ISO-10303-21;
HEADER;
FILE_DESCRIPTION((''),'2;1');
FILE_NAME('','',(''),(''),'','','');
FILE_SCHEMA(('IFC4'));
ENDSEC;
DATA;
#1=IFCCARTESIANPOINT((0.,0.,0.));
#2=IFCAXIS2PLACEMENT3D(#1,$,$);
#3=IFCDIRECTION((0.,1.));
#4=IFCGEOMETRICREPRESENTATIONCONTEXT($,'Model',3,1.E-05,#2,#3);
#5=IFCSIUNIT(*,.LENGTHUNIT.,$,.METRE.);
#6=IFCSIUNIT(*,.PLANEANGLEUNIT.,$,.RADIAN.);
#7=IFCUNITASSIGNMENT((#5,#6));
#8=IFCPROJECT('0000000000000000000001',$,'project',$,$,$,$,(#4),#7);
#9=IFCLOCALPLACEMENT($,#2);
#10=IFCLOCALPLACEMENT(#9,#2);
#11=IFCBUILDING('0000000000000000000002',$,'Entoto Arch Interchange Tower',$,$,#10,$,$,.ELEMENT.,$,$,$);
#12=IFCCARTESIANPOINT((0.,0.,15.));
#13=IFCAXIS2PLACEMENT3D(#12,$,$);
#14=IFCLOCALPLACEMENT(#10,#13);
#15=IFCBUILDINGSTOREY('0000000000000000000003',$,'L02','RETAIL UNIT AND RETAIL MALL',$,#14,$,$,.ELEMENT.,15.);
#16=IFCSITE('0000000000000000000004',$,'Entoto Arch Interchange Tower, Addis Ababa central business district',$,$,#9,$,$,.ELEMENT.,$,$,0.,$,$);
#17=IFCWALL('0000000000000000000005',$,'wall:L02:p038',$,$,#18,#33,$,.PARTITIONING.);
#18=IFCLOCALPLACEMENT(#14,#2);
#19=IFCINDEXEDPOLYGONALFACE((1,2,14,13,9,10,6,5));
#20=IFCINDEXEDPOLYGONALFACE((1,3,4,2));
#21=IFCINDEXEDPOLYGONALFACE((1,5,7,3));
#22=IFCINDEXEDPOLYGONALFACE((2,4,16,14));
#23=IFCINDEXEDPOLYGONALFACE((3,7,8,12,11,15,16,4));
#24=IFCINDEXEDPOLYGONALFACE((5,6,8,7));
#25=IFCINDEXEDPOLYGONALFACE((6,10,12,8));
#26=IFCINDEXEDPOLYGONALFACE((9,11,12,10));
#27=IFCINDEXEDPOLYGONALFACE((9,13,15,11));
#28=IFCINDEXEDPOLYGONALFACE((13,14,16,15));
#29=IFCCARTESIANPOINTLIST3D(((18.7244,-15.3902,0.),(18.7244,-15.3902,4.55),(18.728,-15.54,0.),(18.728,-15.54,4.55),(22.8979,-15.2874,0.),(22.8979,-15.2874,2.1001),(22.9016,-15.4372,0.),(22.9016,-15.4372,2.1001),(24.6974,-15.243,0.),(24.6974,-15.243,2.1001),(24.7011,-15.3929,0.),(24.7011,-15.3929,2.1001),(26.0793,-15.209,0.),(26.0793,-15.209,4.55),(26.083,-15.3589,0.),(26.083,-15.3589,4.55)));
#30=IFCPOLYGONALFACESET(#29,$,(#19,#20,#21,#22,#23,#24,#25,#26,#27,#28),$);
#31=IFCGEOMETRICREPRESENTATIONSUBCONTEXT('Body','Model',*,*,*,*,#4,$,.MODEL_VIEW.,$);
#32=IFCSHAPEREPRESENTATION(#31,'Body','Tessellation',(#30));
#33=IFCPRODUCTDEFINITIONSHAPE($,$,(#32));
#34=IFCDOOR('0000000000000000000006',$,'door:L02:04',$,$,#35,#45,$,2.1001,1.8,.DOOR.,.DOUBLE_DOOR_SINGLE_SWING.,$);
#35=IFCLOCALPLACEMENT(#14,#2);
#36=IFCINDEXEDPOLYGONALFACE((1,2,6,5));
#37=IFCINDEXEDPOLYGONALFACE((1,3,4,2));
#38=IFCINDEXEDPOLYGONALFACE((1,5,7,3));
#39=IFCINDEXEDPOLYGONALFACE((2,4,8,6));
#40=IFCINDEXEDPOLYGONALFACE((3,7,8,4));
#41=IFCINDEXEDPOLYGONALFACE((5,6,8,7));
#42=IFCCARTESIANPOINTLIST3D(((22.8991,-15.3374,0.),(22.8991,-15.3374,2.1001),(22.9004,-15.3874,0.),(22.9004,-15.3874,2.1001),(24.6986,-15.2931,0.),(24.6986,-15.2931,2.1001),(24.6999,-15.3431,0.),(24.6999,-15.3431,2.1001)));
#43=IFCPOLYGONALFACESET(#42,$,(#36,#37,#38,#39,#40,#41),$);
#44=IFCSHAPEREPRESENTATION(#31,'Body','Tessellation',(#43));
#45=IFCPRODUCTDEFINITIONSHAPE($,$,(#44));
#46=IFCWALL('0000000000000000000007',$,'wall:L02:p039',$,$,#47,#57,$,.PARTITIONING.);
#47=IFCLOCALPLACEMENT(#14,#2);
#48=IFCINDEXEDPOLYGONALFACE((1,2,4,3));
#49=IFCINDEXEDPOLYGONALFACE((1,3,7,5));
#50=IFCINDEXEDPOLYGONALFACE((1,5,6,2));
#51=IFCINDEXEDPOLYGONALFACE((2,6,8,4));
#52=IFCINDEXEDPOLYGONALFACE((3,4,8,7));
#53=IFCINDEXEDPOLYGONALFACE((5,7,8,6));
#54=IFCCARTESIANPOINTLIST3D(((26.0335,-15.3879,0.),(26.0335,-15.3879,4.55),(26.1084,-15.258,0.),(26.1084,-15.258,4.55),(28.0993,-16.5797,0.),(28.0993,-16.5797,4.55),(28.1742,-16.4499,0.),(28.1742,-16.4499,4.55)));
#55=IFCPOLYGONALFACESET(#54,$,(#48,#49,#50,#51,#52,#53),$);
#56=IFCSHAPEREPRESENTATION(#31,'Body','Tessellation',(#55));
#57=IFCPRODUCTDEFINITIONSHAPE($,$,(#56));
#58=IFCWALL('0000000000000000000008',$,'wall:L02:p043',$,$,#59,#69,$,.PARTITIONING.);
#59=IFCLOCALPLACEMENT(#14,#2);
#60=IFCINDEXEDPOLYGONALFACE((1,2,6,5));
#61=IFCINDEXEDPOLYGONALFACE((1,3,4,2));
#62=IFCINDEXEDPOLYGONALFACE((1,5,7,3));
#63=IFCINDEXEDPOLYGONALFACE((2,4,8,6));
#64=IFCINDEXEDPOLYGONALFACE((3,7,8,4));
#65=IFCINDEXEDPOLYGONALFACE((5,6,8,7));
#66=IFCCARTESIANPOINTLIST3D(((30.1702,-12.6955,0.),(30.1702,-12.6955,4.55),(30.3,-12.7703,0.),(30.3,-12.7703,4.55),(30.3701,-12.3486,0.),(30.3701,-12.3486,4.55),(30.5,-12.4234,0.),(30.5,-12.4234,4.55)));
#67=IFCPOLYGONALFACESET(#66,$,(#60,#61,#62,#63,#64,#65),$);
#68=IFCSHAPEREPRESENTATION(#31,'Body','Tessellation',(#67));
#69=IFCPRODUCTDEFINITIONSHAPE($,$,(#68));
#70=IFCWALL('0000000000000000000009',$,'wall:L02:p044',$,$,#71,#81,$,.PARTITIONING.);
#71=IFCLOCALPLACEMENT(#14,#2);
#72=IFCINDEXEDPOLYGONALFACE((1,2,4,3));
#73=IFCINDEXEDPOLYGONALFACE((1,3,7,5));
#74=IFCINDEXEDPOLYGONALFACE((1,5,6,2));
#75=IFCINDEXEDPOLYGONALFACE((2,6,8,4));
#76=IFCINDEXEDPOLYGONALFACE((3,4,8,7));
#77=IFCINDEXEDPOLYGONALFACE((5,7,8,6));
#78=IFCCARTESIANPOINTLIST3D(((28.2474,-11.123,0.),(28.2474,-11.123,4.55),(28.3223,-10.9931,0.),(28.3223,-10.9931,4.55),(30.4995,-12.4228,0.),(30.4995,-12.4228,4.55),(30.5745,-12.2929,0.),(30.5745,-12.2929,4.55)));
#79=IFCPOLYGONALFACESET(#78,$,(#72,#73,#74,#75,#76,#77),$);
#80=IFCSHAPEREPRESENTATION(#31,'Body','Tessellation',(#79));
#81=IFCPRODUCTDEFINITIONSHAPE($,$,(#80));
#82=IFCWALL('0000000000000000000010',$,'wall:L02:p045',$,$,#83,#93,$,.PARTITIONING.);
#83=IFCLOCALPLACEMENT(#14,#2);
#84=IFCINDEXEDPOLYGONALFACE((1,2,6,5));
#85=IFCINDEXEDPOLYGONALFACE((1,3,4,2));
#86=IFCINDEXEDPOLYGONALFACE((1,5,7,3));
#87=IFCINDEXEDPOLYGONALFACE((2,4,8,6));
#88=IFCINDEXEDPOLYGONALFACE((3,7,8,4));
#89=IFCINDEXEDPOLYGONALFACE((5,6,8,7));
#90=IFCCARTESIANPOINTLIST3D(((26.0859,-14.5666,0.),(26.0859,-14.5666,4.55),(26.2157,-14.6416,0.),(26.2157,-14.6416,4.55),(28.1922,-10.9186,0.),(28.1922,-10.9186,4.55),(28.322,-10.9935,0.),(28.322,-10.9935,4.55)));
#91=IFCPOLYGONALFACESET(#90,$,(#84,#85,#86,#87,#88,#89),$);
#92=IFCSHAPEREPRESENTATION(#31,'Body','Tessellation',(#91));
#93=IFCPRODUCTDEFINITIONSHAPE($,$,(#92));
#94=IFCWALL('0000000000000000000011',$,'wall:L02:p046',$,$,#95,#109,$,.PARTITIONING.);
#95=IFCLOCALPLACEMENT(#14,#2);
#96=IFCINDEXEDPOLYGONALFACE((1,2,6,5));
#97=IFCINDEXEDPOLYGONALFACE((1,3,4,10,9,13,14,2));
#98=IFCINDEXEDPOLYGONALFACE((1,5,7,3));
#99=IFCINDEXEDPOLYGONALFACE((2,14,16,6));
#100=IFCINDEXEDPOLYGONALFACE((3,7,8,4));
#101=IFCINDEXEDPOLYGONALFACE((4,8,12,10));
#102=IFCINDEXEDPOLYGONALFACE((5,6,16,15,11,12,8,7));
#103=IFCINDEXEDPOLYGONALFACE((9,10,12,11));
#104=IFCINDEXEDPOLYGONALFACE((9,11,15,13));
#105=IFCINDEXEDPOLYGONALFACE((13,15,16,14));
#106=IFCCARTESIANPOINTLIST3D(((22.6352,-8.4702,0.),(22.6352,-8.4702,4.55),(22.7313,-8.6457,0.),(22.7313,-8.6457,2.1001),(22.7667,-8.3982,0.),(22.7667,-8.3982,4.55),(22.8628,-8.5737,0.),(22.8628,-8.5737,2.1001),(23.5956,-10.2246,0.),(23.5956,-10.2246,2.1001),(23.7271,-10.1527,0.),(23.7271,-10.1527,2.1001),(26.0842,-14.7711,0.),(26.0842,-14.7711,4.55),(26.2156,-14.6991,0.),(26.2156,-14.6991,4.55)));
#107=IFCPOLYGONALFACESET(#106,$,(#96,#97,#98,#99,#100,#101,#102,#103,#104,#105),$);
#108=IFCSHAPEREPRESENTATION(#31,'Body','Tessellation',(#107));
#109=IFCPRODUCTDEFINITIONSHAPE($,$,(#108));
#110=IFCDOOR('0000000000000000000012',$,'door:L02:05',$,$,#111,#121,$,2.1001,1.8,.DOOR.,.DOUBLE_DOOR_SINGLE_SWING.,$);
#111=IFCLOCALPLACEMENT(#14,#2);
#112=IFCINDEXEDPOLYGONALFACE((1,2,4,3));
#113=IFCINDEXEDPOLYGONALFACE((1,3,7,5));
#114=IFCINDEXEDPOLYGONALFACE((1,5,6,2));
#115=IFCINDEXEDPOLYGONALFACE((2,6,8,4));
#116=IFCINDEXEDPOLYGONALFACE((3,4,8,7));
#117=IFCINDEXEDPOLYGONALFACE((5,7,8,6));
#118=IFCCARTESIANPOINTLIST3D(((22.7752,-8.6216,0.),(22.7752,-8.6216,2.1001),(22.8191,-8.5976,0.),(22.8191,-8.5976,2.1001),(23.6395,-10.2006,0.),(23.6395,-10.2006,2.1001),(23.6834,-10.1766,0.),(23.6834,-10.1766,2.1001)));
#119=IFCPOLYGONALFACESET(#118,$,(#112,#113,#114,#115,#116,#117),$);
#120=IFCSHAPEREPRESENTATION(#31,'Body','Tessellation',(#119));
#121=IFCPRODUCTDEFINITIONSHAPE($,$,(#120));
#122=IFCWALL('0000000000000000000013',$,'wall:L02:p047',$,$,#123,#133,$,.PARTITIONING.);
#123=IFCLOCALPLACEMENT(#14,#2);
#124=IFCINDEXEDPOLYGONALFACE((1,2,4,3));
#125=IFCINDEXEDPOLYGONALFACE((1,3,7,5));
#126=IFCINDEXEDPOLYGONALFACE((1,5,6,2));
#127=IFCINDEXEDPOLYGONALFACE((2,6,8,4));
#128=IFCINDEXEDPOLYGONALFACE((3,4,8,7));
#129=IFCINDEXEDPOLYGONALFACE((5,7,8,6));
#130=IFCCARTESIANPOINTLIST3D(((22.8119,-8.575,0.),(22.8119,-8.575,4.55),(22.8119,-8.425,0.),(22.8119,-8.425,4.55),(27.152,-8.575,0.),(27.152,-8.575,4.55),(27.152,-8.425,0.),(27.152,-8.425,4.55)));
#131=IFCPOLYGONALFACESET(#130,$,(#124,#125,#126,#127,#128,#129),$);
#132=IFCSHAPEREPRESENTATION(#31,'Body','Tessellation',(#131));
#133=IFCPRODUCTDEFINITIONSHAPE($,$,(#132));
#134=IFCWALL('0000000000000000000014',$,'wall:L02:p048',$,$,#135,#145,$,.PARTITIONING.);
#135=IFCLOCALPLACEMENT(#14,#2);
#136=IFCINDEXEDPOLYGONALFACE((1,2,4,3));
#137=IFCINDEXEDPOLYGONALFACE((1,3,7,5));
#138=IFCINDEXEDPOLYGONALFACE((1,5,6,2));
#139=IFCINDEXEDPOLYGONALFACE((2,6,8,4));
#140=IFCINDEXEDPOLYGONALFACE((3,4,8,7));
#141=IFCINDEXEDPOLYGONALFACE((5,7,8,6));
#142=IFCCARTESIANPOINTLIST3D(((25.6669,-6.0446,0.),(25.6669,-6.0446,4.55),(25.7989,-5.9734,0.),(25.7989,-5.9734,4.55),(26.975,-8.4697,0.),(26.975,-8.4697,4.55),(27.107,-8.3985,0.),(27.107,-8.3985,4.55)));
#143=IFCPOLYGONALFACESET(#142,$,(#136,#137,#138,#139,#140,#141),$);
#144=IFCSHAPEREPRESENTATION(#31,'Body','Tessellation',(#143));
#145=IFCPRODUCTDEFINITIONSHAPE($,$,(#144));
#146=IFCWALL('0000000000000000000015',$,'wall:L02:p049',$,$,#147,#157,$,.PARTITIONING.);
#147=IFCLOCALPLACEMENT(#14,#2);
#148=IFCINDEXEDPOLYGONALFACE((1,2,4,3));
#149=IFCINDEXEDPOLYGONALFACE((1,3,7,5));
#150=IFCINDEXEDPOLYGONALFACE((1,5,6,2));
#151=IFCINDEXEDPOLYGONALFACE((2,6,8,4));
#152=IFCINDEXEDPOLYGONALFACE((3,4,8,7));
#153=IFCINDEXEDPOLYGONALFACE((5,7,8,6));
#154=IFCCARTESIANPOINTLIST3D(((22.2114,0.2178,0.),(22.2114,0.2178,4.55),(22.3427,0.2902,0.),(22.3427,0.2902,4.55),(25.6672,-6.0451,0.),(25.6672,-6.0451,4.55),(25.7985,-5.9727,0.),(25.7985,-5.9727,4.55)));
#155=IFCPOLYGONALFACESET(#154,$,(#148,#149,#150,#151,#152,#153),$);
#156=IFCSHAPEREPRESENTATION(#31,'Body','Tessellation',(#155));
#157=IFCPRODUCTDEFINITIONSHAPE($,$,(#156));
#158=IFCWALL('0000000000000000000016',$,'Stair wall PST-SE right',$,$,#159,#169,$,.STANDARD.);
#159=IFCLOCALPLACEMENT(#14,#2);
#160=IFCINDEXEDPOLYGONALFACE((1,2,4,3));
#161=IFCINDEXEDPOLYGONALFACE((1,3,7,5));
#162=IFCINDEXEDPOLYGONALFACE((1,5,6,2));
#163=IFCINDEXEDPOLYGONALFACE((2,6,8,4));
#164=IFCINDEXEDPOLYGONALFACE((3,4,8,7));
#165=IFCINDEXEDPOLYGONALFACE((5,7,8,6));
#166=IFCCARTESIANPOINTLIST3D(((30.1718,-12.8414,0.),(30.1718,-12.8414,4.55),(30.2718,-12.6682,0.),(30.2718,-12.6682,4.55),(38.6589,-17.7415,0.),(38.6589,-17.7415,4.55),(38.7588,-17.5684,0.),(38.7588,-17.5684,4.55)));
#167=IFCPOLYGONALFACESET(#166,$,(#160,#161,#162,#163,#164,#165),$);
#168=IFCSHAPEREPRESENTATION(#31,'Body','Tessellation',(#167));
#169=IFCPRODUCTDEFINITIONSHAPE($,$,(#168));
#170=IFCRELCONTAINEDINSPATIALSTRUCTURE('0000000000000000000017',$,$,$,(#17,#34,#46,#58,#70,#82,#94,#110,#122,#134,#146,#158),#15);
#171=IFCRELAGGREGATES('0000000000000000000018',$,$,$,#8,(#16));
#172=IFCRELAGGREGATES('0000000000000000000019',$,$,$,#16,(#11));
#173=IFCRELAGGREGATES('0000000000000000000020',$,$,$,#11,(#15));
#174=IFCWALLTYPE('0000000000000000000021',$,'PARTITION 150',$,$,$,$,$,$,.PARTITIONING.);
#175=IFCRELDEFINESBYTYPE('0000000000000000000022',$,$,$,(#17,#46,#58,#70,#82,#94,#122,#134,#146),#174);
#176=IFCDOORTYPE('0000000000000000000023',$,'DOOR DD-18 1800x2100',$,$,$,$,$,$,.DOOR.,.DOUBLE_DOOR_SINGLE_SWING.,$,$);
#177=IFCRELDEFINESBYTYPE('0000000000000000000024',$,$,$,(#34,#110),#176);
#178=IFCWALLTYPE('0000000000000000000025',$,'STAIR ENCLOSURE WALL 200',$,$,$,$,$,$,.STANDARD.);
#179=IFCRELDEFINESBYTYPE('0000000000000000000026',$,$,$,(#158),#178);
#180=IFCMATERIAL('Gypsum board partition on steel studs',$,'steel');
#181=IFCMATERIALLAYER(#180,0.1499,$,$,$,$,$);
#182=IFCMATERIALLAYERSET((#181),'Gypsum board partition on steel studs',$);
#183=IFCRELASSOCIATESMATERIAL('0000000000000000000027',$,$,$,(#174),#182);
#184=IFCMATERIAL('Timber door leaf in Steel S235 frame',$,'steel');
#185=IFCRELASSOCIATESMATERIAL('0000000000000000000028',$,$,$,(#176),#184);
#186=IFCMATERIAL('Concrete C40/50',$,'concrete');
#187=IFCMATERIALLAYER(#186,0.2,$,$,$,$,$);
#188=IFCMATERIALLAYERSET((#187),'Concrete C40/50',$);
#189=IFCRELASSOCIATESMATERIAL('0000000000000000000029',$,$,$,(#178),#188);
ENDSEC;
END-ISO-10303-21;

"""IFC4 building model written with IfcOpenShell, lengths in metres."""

from ifc_helpers import new_model, si_unit, direction, frame, frame_2d, origin, place, context, subcontext, project, spatial, rectangle, extrude, material, layer, layer_set, type_object, element, fill, save


model = new_model("IFC4")

# Units and contexts
model_context = context("Model", 3, precision=1e-05, world=origin(), true_north=direction((0.0, 1.0)))
body_context = subcontext(model_context, "Body", "Model", "MODEL_VIEW")
ifc_project = project(units=[si_unit("LENGTHUNIT", "METRE"), si_unit("PLANEANGLEUNIT", "RADIAN")], contexts=[model_context])

# Site, building, storey
site_placement = place(None, origin())
site = spatial("IfcSite", under=ifc_project, at=site_placement, Name="Entoto Arch Interchange Tower, Addis Ababa central business district", CompositionType="ELEMENT", RefElevation=0.0)
building_placement = place(site_placement, origin())
building = spatial("IfcBuilding", under=site, at=building_placement, Name="Entoto Arch Interchange Tower", CompositionType="ELEMENT")
storey_placement = place(building_placement, frame((0.0, 0.0, 15.0)))
storey = spatial("IfcBuildingStorey", under=building, at=storey_placement, Name="L02", Description="RETAIL UNIT AND RETAIL MALL", CompositionType="ELEMENT", Elevation=15.0)

# Wall, opening, door
ifc_material_1 = material(Name="Gypsum board partition on steel studs", Category="steel")
ifc_layer_1 = layer(ifc_material_1, 0.1499)
ifc_layer_set_1 = layer_set([ifc_layer_1], Name="Gypsum board partition on steel studs")
wall_type_1 = type_object("IfcWallType", Name="PARTITION 150", PredefinedType="PARTITIONING", material=ifc_layer_set_1)
wall_1_placement = place(storey_placement, frame((18.7261, -15.4651, 0.0), z_axis=(0.0, 0.0, 1.0), x_axis=(0.999697, 0.024622, 0.0)))
wall_1 = element("IfcWall", 1, at=wall_1_placement, inside=storey, type_object=wall_type_1, Name="wall:L02:p038", PredefinedType="PARTITIONING", context=body_context, shape_type="SweptSolid", body=[
    extrude(rectangle(XDim=7.3572, YDim=0.1499, at=frame_2d((3.6787, 0.0))), origin(), (0.0, 0.0, 1.0), 4.55),
])
opening_1_placement = place(wall_1_placement, frame((4.175, 0.0, 0.0)))
opening_1 = element("IfcOpeningElement", 2, at=opening_1_placement, cuts=wall_1, PredefinedType="OPENING", context=body_context, shape_type="SweptSolid", body=[
    extrude(rectangle(XDim=1.8, YDim=2.1001, at=frame_2d((0.8999, 1.05))), frame((0.0, 0.085, 0.0), z_axis=(0.0, -1.0, 0.0), x_axis=(1.0, 0.0, 0.0)), (0.0, 0.0, 1.0), 0.1699),
])
ifc_material_2 = material(Name="Timber door leaf in Steel S235 frame", Category="steel")
door_type_1 = type_object("IfcDoorType", Name="DOOR DD-18 1800x2100", OperationType="DOUBLE_DOOR_SINGLE_SWING", PredefinedType="DOOR", material=ifc_material_2)
door_1_placement = place(opening_1_placement, origin())
door_1 = element("IfcDoor", 3, at=door_1_placement, inside=storey, type_object=door_type_1, Name="door:L02:04", OperationType="DOUBLE_DOOR_SINGLE_SWING", OverallHeight=2.1001, OverallWidth=1.8, PredefinedType="DOOR", context=body_context, shape_type="SweptSolid", body=[
    extrude(rectangle(XDim=1.8, YDim=2.1001, at=frame_2d((0.8999, 1.05))), frame((0.0, 0.0249, 0.0), z_axis=(0.0, -1.0, 0.0), x_axis=(1.0, 0.0, 0.0)), (0.0, 0.0, 1.0), 0.05),
])
fill(opening_1, door_1)

# Walls
wall_2_placement = place(storey_placement, frame((26.071, -15.323, 0.0), z_axis=(0.0, 0.0, 1.0), x_axis=(0.866182, -0.499728, 0.0)))
element("IfcWall", 4, at=wall_2_placement, inside=storey, type_object=wall_type_1, Name="wall:L02:p039", PredefinedType="PARTITIONING", context=body_context, shape_type="SweptSolid", body=[
    extrude(rectangle(XDim=2.385, YDim=0.1499, at=frame_2d((1.1924, 0.0))), origin(), (0.0, 0.0, 1.0), 4.55),
])
wall_3_placement = place(storey_placement, frame((30.2351, -12.7329, 0.0), z_axis=(0.0, 0.0, 1.0), x_axis=(0.499353, 0.866399, 0.0)))
element("IfcWall", 5, at=wall_3_placement, inside=storey, type_object=wall_type_1, Name="wall:L02:p043", PredefinedType="PARTITIONING", context=body_context, shape_type="SweptSolid", body=[
    extrude(rectangle(XDim=0.4004, YDim=0.1499, at=frame_2d((0.2002, 0.0))), origin(), (0.0, 0.0, 1.0), 4.55),
])
wall_4_placement = place(storey_placement, frame((30.5371, -12.3579, 0.0), z_axis=(0.0, 0.0, 1.0), x_axis=(-0.866109, 0.499855, 0.0)))
element("IfcWall", 6, at=wall_4_placement, inside=storey, type_object=wall_type_1, Name="wall:L02:p044", PredefinedType="PARTITIONING", context=body_context, shape_type="SweptSolid", body=[
    extrude(rectangle(XDim=2.6003, YDim=0.1499, at=frame_2d((1.3003, 0.0))), origin(), (0.0, 0.0, 1.0), 4.55),
])
wall_5_placement = place(storey_placement, frame((28.2571, -10.9561, 0.0), z_axis=(0.0, 0.0, 1.0), x_axis=(-0.50001, -0.86602, 0.0)))
element("IfcWall", 7, at=wall_5_placement, inside=storey, type_object=wall_type_1, Name="wall:L02:p045", PredefinedType="PARTITIONING", context=body_context, shape_type="SweptSolid", body=[
    extrude(rectangle(XDim=4.2124, YDim=0.1499, at=frame_2d((2.1062, 0.0))), origin(), (0.0, 0.0, 1.0), 4.55),
])

# Wall, opening, door
wall_6_placement = place(storey_placement, frame((26.1499, -14.7351, 0.0), z_axis=(0.0, 0.0, 1.0), x_axis=(-0.480145, 0.877189, 0.0)))
wall_6 = element("IfcWall", 8, at=wall_6_placement, inside=storey, type_object=wall_type_1, Name="wall:L02:p046", PredefinedType="PARTITIONING", context=body_context, shape_type="SweptSolid", body=[
    extrude(rectangle(XDim=7.1831, YDim=0.1499, at=frame_2d((3.5916, 0.0))), origin(), (0.0, 0.0, 1.0), 4.55),
])
opening_2_placement = place(wall_6_placement, frame((5.1831, 0.0, 0.0)))
opening_2 = element("IfcOpeningElement", 9, at=opening_2_placement, cuts=wall_6, PredefinedType="OPENING", context=body_context, shape_type="SweptSolid", body=[
    extrude(rectangle(XDim=1.8, YDim=2.1001, at=frame_2d((0.8999, 1.05))), frame((0.0, 0.085, 0.0), z_axis=(0.0, -1.0, 0.0), x_axis=(1.0, 0.0, 0.0)), (0.0, 0.0, 1.0), 0.1699),
])
door_2_placement = place(opening_2_placement, origin())
door_2 = element("IfcDoor", 10, at=door_2_placement, inside=storey, type_object=door_type_1, Name="door:L02:05", OperationType="DOUBLE_DOOR_SINGLE_SWING", OverallHeight=2.1001, OverallWidth=1.8, PredefinedType="DOOR", context=body_context, shape_type="SweptSolid", body=[
    extrude(rectangle(XDim=1.8, YDim=2.1001, at=frame_2d((0.8999, 1.05))), frame((0.0, 0.0249, 0.0), z_axis=(0.0, -1.0, 0.0), x_axis=(1.0, 0.0, 0.0)), (0.0, 0.0, 1.0), 0.05),
])
fill(opening_2, door_2)

# Walls
wall_7_placement = place(storey_placement, frame((22.812, -8.5, 0.0), z_axis=(0.0, 0.0, 1.0), x_axis=(1.0, 0.0, 0.0)))
element("IfcWall", 11, at=wall_7_placement, inside=storey, type_object=wall_type_1, Name="wall:L02:p047", PredefinedType="PARTITIONING", context=body_context, shape_type="SweptSolid", body=[
    extrude(rectangle(XDim=4.3401, YDim=0.1499, at=frame_2d((2.1699, 0.0))), origin(), (0.0, 0.0, 1.0), 4.55),
])
wall_8_placement = place(storey_placement, frame((27.041, -8.4341, 0.0), z_axis=(0.0, 0.0, 1.0), x_axis=(-0.47475, 0.880121, 0.0)))
element("IfcWall", 12, at=wall_8_placement, inside=storey, type_object=wall_type_1, Name="wall:L02:p048", PredefinedType="PARTITIONING", context=body_context, shape_type="SweptSolid", body=[
    extrude(rectangle(XDim=2.7554, YDim=0.1499, at=frame_2d((1.3777, 0.0))), origin(), (0.0, 0.0, 1.0), 4.55),
])
wall_9_placement = place(storey_placement, frame((25.7329, -6.009, 0.0), z_axis=(0.0, 0.0, 1.0), x_axis=(-0.48312, 0.875554, 0.0)))
element("IfcWall", 13, at=wall_9_placement, inside=storey, type_object=wall_type_1, Name="wall:L02:p049", PredefinedType="PARTITIONING", context=body_context, shape_type="SweptSolid", body=[
    extrude(rectangle(XDim=7.1531, YDim=0.1499, at=frame_2d((3.5767, 0.0))), origin(), (0.0, 0.0, 1.0), 4.55),
])
ifc_material_3 = material(Name="Concrete C40/50", Category="concrete")
ifc_layer_2 = layer(ifc_material_3, 0.2)
ifc_layer_set_2 = layer_set([ifc_layer_2], Name="Concrete C40/50")
wall_type_2 = type_object("IfcWallType", Name="STAIR ENCLOSURE WALL 200", PredefinedType="STANDARD", material=ifc_layer_set_2)
wall_10_placement = place(storey_placement, frame((30.2219, -12.7549, 0.0), z_axis=(0.0, 0.0, 1.0), x_axis=(0.866019, -0.500011, 0.0)))
element("IfcWall", 14, at=wall_10_placement, inside=storey, type_object=wall_type_2, Name="Stair wall PST-SE right", PredefinedType="STANDARD", context=body_context, shape_type="SweptSolid", body=[
    extrude(rectangle(XDim=9.8, YDim=0.2, at=frame_2d((4.8999, 0.0))), origin(), (0.0, 0.0, 1.0), 4.55),
])

save(model, "model.ifc")
